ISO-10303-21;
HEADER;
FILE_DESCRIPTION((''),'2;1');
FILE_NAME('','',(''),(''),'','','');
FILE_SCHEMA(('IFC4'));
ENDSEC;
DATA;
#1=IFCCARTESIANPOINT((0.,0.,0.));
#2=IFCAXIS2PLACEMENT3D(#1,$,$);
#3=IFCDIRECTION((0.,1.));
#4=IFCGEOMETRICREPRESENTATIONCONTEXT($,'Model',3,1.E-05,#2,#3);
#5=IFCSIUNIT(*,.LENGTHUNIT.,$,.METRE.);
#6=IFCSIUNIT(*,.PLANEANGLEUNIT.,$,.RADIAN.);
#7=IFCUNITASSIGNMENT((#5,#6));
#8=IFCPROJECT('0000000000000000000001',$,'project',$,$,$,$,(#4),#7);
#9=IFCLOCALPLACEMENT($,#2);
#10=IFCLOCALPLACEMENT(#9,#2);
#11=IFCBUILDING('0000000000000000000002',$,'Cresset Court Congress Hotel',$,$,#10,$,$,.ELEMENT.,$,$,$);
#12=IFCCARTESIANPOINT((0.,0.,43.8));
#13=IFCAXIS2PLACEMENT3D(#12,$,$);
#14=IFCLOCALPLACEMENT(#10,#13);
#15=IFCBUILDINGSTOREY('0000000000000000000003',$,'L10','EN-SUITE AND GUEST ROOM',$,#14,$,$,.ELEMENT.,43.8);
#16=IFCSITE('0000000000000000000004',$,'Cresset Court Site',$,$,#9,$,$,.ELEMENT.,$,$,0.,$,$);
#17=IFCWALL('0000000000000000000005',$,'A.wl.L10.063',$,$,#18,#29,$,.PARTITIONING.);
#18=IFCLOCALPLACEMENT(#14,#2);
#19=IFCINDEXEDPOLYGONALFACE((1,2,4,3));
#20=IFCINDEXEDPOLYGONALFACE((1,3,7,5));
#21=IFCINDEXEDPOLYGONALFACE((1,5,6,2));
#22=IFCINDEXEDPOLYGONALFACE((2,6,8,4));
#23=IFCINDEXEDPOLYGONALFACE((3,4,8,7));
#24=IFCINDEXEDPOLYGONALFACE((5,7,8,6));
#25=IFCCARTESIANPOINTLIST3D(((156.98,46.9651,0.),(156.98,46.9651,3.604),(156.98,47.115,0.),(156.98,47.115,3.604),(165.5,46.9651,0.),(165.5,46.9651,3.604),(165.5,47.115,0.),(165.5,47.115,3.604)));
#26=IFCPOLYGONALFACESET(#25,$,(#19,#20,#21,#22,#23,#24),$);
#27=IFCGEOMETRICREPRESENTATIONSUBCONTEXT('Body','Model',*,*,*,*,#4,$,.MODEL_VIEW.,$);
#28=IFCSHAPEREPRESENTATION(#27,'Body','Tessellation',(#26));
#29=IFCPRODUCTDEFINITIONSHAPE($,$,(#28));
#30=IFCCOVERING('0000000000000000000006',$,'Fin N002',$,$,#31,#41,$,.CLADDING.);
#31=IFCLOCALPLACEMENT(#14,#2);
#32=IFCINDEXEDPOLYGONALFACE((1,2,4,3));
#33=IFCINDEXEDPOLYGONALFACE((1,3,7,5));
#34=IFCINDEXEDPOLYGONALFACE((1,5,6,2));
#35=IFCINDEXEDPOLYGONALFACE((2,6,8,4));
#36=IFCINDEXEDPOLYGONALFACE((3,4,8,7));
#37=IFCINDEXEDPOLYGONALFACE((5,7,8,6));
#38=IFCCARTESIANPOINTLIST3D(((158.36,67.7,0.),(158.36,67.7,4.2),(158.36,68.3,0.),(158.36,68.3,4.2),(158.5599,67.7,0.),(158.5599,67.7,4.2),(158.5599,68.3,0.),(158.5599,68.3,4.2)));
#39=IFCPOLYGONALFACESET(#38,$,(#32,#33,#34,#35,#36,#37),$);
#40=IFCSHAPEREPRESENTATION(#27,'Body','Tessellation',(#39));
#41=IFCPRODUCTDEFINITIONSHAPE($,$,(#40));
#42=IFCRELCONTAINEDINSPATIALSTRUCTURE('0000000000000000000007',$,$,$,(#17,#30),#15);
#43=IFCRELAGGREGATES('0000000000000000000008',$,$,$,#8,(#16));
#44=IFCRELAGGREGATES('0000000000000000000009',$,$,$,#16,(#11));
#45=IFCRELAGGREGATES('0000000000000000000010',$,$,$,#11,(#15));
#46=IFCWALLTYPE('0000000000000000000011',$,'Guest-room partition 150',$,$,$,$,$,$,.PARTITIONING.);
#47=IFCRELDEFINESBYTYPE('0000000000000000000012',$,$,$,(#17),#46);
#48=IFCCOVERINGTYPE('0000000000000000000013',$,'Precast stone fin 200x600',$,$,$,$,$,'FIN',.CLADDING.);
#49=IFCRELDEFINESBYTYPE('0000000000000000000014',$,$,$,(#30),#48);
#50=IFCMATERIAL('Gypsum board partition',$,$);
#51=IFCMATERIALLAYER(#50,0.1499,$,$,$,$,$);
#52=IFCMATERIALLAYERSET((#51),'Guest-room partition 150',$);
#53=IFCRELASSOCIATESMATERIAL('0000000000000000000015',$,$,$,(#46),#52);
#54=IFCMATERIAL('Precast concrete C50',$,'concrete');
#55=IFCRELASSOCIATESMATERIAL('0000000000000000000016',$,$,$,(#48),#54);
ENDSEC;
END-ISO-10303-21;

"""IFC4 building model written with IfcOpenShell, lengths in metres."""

from ifc_helpers import new_model, si_unit, direction, frame, frame_2d, origin, origin_2d, place, context, subcontext, project, spatial, rectangle, extrude, material, layer, layer_set, type_object, element, save


model = new_model("IFC4")

# Units and contexts
model_context = context("Model", 3, precision=1e-05, world=origin(), true_north=direction((0.0, 1.0)))
body_context = subcontext(model_context, "Body", "Model", "MODEL_VIEW")
ifc_project = project(units=[si_unit("LENGTHUNIT", "METRE"), si_unit("PLANEANGLEUNIT", "RADIAN")], contexts=[model_context])

# Site, building, storey
site_placement = place(None, origin())
site = spatial("IfcSite", under=ifc_project, at=site_placement, Name="Cresset Court Site", CompositionType="ELEMENT", RefElevation=0.0)
building_placement = place(site_placement, origin())
building = spatial("IfcBuilding", under=site, at=building_placement, Name="Cresset Court Congress Hotel", CompositionType="ELEMENT")
storey_placement = place(building_placement, frame((0.0, 0.0, 43.8)))
storey = spatial("IfcBuildingStorey", under=building, at=storey_placement, Name="L10", Description="EN-SUITE AND GUEST ROOM", CompositionType="ELEMENT", Elevation=43.8)

# Wall
ifc_material_1 = material(Name="Gypsum board partition")
ifc_layer_1 = layer(ifc_material_1, 0.1499)
ifc_layer_set_1 = layer_set([ifc_layer_1], Name="Guest-room partition 150")
wall_type_1 = type_object("IfcWallType", Name="Guest-room partition 150", PredefinedType="PARTITIONING", material=ifc_layer_set_1)
wall_1_placement = place(storey_placement, frame((156.98, 47.04, 0.0), z_axis=(0.0, 0.0, 1.0), x_axis=(1.0, 0.0, 0.0)))
element("IfcWall", 1, at=wall_1_placement, inside=storey, type_object=wall_type_1, Name="A.wl.L10.063", PredefinedType="PARTITIONING", context=body_context, shape_type="SweptSolid", body=[
    extrude(rectangle(XDim=8.52, YDim=0.1499, at=frame_2d((4.26, 0.0))), origin(), (0.0, 0.0, 1.0), 3.604),
])

# Covering
ifc_material_2 = material(Name="Precast concrete C50", Category="concrete")
covering_type = type_object("IfcCoveringType", Name="Precast stone fin 200x600", ElementType="FIN", PredefinedType="CLADDING", material=ifc_material_2)
covering_placement = place(storey_placement, frame((158.46, 68.0, 0.0), z_axis=(0.0, 0.0, 1.0), x_axis=(1.0, 0.0, 0.0)))
element("IfcCovering", 2, at=covering_placement, inside=storey, type_object=covering_type, Name="Fin N002", PredefinedType="CLADDING", context=body_context, shape_type="SweptSolid", body=[
    extrude(rectangle(XDim=0.2, YDim=0.6001, at=origin_2d()), origin(), (0.0, 0.0, 1.0), 4.2),
])

save(model, "model.ifc")
